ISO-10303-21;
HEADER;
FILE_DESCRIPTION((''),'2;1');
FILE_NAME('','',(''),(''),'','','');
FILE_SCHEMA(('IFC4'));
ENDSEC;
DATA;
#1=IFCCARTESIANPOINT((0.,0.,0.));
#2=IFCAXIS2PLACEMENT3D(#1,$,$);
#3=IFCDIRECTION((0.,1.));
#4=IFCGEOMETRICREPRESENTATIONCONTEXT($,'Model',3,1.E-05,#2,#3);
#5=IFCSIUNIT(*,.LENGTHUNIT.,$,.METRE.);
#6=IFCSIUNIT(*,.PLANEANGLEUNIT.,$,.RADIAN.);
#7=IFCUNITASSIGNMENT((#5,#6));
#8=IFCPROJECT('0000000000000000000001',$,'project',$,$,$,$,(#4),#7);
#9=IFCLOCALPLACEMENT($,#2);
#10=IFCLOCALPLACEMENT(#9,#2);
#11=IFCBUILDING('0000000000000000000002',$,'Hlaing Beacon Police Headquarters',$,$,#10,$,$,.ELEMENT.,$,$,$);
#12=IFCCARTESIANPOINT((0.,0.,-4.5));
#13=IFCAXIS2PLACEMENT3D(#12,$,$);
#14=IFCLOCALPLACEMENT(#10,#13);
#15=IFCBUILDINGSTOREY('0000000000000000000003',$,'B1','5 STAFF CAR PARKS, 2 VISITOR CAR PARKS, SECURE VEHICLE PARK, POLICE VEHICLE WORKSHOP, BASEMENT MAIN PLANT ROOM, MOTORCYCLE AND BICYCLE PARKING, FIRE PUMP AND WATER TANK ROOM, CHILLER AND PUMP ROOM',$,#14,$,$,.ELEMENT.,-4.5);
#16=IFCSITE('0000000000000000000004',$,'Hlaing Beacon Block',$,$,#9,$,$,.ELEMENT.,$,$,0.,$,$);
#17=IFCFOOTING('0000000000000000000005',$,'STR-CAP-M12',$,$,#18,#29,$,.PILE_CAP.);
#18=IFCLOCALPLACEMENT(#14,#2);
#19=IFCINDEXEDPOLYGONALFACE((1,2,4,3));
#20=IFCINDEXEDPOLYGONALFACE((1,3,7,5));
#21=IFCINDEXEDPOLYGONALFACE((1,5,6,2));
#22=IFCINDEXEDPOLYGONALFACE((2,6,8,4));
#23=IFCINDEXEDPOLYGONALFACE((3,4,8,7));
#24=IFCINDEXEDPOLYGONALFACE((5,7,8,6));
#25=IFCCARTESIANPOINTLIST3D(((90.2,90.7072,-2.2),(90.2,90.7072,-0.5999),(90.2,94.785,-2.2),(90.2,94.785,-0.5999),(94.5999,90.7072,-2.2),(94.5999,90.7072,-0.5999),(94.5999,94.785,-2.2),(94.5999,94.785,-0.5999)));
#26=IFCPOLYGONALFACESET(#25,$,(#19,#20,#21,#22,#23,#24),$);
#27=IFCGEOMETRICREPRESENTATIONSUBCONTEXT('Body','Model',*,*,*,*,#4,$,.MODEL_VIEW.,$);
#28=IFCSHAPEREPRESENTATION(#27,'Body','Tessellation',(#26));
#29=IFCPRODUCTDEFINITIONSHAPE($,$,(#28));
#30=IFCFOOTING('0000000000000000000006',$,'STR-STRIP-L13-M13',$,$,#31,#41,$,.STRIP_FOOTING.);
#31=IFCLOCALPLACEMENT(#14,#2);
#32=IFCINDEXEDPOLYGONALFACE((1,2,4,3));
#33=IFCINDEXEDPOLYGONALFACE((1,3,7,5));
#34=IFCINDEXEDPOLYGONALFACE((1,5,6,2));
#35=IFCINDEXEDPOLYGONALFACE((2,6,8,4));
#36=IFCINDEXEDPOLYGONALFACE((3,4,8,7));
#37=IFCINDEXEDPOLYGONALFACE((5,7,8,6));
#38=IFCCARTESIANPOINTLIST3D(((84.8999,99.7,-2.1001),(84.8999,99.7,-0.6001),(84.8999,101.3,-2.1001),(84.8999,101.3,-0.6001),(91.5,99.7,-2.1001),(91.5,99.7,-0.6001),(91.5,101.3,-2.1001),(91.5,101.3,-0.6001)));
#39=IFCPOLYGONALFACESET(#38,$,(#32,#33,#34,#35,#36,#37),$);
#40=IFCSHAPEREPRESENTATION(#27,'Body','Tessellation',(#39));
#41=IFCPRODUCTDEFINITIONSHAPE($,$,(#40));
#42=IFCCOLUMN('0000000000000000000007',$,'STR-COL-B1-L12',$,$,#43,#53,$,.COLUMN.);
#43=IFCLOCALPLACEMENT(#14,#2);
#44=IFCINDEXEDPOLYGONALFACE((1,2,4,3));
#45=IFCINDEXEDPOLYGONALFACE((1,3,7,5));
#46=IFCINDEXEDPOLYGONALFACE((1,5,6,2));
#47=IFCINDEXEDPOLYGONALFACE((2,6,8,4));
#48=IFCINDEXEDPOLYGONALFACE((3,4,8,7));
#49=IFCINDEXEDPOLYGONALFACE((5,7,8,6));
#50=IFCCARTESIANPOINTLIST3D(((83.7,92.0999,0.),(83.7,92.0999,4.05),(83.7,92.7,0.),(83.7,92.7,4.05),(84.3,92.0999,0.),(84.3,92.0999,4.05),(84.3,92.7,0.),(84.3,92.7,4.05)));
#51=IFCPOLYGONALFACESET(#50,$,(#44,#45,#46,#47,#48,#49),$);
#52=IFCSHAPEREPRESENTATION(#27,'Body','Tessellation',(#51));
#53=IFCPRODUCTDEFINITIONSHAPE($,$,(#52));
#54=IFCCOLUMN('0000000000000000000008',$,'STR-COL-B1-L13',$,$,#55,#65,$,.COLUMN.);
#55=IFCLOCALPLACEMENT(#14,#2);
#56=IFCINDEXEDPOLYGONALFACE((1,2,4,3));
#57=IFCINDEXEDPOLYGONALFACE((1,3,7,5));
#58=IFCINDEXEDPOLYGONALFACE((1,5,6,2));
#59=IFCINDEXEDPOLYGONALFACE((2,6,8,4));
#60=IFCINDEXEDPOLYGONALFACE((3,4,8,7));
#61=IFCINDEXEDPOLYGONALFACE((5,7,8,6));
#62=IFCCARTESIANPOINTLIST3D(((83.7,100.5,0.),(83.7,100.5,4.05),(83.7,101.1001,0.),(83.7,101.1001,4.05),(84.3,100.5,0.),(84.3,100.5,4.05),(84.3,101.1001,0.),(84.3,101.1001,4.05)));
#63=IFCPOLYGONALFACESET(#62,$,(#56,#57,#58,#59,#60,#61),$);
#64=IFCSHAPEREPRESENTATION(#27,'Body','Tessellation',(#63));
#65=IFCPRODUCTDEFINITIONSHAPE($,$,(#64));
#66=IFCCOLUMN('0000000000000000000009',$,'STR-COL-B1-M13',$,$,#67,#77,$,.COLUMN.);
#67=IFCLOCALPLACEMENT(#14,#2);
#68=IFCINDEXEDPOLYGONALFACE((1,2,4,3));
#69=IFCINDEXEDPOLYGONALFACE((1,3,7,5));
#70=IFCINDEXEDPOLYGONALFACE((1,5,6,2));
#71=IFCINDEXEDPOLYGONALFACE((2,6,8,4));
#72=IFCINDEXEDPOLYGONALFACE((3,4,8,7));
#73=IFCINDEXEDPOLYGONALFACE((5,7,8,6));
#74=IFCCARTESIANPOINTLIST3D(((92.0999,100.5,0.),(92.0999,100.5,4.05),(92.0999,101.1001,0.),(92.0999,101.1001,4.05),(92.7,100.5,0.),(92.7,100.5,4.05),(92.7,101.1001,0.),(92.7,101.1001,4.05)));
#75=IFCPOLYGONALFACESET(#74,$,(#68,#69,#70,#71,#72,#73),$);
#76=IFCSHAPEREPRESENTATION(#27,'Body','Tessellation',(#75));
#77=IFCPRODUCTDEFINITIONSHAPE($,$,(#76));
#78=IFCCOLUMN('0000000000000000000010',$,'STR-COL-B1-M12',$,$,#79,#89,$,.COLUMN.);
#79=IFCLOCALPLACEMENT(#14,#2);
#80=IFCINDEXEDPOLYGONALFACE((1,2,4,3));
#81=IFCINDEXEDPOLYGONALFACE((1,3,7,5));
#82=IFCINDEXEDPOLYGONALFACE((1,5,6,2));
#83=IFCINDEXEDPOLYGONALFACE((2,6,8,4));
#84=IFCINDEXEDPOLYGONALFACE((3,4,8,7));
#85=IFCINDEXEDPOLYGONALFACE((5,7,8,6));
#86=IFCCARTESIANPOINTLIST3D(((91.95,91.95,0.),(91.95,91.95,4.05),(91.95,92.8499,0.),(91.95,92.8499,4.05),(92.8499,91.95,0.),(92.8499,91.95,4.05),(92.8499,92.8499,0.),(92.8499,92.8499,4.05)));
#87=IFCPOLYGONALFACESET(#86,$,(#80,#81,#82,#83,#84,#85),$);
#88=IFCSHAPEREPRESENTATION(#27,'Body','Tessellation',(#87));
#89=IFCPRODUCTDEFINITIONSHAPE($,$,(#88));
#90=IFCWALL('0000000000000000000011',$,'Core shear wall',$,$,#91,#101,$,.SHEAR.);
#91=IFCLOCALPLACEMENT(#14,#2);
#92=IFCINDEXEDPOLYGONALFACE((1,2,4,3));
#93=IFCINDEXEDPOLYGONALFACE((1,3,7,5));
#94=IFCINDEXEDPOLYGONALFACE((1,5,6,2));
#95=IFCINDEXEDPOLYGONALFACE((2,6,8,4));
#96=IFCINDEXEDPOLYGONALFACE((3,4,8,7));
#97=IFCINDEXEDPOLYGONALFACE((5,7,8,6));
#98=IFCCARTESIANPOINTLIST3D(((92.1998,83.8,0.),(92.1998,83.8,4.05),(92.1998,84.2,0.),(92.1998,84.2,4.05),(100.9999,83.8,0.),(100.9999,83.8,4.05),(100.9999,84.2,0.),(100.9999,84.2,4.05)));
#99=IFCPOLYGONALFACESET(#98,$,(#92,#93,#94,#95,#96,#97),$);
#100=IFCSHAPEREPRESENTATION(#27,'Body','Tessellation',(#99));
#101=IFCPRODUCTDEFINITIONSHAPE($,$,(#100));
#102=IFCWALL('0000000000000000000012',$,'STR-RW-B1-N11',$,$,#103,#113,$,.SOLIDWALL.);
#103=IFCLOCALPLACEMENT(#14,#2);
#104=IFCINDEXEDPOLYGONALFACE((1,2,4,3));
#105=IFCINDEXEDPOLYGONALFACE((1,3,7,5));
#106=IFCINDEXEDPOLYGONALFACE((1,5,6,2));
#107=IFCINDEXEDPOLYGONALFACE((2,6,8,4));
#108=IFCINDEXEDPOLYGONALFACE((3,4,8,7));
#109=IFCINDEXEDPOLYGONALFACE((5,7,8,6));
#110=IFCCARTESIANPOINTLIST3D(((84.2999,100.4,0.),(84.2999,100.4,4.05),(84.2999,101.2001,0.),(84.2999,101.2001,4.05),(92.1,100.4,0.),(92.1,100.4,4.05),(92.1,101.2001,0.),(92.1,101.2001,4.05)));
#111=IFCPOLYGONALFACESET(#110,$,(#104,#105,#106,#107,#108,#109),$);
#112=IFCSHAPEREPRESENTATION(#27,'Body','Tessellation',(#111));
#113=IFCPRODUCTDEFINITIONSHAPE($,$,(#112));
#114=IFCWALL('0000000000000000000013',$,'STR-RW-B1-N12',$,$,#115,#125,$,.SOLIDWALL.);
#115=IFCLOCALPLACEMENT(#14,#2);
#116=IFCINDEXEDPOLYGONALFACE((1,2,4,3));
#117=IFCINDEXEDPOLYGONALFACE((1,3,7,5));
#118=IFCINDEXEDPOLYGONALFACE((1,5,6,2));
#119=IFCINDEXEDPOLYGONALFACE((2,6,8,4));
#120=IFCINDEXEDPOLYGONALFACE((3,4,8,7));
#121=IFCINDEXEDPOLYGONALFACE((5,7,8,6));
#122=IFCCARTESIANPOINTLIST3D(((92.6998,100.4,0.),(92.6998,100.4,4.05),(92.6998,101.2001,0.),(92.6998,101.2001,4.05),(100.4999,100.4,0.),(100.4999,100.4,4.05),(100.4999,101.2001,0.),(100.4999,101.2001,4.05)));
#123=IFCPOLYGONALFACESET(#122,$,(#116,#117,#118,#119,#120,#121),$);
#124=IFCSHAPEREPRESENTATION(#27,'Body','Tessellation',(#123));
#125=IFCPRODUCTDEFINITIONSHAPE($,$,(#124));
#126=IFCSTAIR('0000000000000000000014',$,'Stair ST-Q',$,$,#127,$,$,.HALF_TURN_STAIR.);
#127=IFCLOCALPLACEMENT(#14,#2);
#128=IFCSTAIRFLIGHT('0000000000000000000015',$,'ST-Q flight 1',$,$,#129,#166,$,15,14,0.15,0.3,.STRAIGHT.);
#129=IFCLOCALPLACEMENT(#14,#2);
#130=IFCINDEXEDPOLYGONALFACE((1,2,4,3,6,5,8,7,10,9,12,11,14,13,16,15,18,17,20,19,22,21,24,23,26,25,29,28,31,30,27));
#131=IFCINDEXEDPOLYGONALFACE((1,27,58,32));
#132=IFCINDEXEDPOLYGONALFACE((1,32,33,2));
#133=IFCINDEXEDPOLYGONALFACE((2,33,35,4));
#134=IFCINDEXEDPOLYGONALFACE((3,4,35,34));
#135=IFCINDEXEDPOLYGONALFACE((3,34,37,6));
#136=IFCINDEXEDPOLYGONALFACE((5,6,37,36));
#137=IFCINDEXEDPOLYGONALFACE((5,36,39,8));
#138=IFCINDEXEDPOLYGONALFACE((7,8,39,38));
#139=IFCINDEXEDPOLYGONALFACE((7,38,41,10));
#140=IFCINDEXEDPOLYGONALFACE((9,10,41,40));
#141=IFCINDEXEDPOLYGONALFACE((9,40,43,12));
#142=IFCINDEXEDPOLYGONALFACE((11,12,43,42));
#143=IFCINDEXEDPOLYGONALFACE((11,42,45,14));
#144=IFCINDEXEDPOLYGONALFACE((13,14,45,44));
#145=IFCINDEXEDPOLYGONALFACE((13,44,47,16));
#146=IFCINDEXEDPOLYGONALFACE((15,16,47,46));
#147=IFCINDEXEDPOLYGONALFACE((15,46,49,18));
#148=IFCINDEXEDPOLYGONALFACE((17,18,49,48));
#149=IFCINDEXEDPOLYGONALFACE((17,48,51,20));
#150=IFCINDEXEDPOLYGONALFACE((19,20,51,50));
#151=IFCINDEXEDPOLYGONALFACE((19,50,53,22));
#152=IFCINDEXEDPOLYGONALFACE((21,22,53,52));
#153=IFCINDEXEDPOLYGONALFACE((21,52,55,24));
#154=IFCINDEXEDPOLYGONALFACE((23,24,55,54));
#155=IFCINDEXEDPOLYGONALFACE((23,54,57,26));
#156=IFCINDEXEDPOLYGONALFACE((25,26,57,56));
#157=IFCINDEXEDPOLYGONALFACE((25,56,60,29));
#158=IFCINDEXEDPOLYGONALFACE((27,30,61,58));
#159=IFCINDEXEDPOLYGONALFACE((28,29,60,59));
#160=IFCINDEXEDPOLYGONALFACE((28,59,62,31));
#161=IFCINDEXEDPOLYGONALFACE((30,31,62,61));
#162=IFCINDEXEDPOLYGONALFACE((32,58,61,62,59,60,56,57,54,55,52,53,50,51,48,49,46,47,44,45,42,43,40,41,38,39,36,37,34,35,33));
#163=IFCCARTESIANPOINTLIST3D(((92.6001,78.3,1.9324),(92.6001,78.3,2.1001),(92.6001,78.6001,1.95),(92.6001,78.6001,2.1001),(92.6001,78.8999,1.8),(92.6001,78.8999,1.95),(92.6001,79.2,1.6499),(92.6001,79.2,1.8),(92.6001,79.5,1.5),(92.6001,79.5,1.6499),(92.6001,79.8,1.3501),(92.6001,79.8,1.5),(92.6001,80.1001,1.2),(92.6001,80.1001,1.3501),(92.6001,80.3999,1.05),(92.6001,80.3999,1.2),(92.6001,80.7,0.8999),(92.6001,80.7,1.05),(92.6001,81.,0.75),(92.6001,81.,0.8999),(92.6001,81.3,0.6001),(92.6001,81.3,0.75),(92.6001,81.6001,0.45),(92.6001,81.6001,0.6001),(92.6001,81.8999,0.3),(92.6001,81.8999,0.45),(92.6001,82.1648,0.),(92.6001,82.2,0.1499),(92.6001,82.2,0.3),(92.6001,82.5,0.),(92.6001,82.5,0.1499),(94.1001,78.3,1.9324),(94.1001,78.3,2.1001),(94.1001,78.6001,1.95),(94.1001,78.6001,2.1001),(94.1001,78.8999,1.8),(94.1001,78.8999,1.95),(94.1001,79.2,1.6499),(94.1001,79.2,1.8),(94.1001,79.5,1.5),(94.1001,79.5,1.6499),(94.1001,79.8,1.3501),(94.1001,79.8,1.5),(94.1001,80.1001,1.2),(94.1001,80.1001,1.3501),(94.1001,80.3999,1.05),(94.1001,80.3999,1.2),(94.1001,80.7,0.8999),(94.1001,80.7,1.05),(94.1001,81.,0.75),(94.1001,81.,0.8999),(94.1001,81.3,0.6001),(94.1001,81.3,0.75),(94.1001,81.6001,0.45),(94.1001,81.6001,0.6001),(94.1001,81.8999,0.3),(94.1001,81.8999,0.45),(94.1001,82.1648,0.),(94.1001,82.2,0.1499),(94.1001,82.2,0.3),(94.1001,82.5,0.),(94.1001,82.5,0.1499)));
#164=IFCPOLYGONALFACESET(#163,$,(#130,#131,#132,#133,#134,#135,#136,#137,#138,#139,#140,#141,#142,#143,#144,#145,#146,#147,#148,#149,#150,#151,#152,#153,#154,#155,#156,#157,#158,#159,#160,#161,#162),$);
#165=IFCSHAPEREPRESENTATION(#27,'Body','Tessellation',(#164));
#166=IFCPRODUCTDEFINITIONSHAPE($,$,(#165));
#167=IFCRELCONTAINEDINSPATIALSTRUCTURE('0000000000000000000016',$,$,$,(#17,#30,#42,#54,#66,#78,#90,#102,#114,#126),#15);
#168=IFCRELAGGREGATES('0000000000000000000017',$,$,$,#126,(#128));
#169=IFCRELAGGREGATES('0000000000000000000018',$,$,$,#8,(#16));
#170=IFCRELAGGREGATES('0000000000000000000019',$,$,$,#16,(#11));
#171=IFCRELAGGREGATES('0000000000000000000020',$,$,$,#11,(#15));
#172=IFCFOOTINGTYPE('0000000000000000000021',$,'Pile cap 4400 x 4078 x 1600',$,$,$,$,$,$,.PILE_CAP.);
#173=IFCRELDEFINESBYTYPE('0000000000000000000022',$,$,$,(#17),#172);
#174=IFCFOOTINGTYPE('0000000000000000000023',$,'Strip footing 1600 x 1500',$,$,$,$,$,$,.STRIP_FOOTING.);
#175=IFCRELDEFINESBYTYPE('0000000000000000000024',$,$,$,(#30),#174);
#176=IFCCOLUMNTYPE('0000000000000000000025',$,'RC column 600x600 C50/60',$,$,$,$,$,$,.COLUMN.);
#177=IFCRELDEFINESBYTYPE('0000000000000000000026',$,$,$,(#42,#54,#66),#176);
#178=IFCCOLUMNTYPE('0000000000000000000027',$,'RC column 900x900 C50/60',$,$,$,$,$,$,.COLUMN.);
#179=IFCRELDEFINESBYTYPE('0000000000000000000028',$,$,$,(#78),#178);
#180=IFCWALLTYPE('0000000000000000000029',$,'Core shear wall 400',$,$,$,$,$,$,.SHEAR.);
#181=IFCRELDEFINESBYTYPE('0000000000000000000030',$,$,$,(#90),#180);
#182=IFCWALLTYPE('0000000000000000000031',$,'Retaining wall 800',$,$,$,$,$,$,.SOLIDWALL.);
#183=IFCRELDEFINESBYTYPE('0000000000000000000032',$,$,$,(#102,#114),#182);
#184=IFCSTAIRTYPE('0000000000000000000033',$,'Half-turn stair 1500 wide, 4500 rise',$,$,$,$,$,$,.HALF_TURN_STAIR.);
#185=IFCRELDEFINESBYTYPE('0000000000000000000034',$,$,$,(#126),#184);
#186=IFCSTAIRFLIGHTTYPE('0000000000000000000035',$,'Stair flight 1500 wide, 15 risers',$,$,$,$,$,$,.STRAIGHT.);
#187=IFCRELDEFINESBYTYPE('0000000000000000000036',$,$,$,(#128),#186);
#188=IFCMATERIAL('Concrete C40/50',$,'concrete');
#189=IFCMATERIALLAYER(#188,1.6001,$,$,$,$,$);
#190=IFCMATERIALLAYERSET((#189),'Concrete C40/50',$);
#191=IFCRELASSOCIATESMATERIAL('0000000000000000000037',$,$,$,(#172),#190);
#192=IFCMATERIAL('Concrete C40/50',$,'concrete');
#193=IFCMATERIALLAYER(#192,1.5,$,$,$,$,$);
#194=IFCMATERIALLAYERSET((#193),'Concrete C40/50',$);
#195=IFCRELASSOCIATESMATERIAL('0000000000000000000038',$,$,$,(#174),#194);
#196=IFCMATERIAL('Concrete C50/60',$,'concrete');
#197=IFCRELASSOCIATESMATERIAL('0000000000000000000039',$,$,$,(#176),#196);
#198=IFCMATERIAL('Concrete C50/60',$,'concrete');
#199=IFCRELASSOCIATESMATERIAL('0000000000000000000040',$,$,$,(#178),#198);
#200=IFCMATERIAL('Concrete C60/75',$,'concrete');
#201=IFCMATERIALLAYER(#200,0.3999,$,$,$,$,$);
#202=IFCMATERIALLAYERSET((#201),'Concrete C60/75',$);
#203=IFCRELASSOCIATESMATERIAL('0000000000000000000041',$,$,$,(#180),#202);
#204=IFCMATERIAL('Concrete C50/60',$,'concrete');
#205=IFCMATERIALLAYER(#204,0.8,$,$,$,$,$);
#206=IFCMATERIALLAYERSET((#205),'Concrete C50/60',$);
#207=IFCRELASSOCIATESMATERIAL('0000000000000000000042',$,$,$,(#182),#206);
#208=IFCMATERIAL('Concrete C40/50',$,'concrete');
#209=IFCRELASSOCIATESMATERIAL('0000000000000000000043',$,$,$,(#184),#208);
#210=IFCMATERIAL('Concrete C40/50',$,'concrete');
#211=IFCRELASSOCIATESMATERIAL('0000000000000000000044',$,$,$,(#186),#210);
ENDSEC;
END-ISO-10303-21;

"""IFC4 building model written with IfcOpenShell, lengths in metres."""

from ifc_helpers import new_model, si_unit, direction, frame, frame_2d, origin, origin_2d, place, context, subcontext, project, spatial, polyline, rectangle, outline, extrude, material, layer, layer_set, material_profile, profile_set, type_object, element, aggregate, save


model = new_model("IFC4")

# Units and contexts
model_context = context("Model", 3, precision=1e-05, world=origin(), true_north=direction((0.0, 1.0)))
body_context = subcontext(model_context, "Body", "Model", "MODEL_VIEW")
ifc_project = project(units=[si_unit("LENGTHUNIT", "METRE"), si_unit("PLANEANGLEUNIT", "RADIAN")], contexts=[model_context])

# Site, building, storey
site_placement = place(None, origin())
site = spatial("IfcSite", under=ifc_project, at=site_placement, Name="Hlaing Beacon Block", CompositionType="ELEMENT", RefElevation=0.0)
building_placement = place(site_placement, origin())
building = spatial("IfcBuilding", under=site, at=building_placement, Name="Hlaing Beacon Police Headquarters", CompositionType="ELEMENT")
storey_placement = place(building_placement, frame((0.0, 0.0, -4.5)))
storey = spatial("IfcBuildingStorey", under=building, at=storey_placement, Name="B1", Description="5 STAFF CAR PARKS, 2 VISITOR CAR PARKS, SECURE VEHICLE PARK, POLICE VEHICLE WORKSHOP, BASEMENT MAIN PLANT ROOM, MOTORCYCLE AND BICYCLE PARKING, FIRE PUMP AND WATER TANK ROOM, CHILLER AND PUMP ROOM", CompositionType="ELEMENT", Elevation=-4.5)

# Footings
ifc_material_1 = material(Name="Concrete C40/50", Category="concrete")
ifc_layer_1 = layer(ifc_material_1, 1.6001)
ifc_layer_set_1 = layer_set([ifc_layer_1], Name="Concrete C40/50")
footing_type_1 = type_object("IfcFootingType", Name="Pile cap 4400 x 4078 x 1600", PredefinedType="PILE_CAP", material=ifc_layer_set_1)
footing_1_placement = place(storey_placement, frame((92.3999, 92.7461, -2.2), z_axis=(0.0, 0.0, 1.0), x_axis=(1.0, 0.0, 0.0)))
element("IfcFooting", 1, at=footing_1_placement, inside=storey, type_object=footing_type_1, Name="STR-CAP-M12", PredefinedType="PILE_CAP", context=body_context, shape_type="SweptSolid", body=[
    extrude(rectangle(XDim=4.3999, YDim=4.0779, at=origin_2d()), origin(), (0.0, 0.0, 1.0), 1.6001),
])
ifc_material_2 = material(Name="Concrete C40/50", Category="concrete")
ifc_layer_2 = layer(ifc_material_2, 1.5)
ifc_layer_set_2 = layer_set([ifc_layer_2], Name="Concrete C40/50")
footing_type_2 = type_object("IfcFootingType", Name="Strip footing 1600 x 1500", PredefinedType="STRIP_FOOTING", material=ifc_layer_set_2)
footing_2_placement = place(storey_placement, frame((88.2, 100.5, -2.1001), z_axis=(0.0, 0.0, 1.0), x_axis=(1.0, 0.0, 0.0)))
element("IfcFooting", 2, at=footing_2_placement, inside=storey, type_object=footing_type_2, Name="STR-STRIP-L13-M13", PredefinedType="STRIP_FOOTING", context=body_context, shape_type="SweptSolid", body=[
    extrude(rectangle(XDim=6.6001, YDim=1.6001, at=origin_2d()), origin(), (0.0, 0.0, 1.0), 1.5),
])

# Columns
ifc_material_3 = material(Name="Concrete C50/60", Category="concrete")
ifc_material_profile_1 = material_profile(ifc_material_3, rectangle(XDim=0.6001, YDim=0.6001, at=origin_2d()), Name="600x600")
ifc_profile_set_1 = profile_set([ifc_material_profile_1], Name="Concrete C50/60")
column_type_1 = type_object("IfcColumnType", Name="RC column 600x600 C50/60", PredefinedType="COLUMN", material=ifc_profile_set_1)
for number, where, z_axis, x_axis, name in (
    (3, (84.0, 92.3999, 0.0), (0.0, 0.0, 1.0), (1.0, 0.0, 0.0), "STR-COL-B1-L12"),
    (4, (84.0, 100.8, 0.0), (0.0, 0.0, 1.0), (1.0, 0.0, 0.0), "STR-COL-B1-L13"),
    (5, (92.3999, 100.8, 0.0), (0.0, 0.0, 1.0), (1.0, 0.0, 0.0), "STR-COL-B1-M13"),
):
    element("IfcColumn", number, at=place(storey_placement, frame(where, z_axis=z_axis, x_axis=x_axis)), inside=storey, type_object=column_type_1, Name=name, PredefinedType="COLUMN", context=body_context, shape_type="SweptSolid", body=[
        extrude(rectangle(XDim=0.6001, YDim=0.6001, at=origin_2d()), origin(), (0.0, 0.0, 1.0), 4.05),
    ])
ifc_material_4 = material(Name="Concrete C50/60", Category="concrete")
ifc_material_profile_2 = material_profile(ifc_material_4, rectangle(XDim=0.8999, YDim=0.8999, at=origin_2d()), Name="900x900")
ifc_profile_set_2 = profile_set([ifc_material_profile_2], Name="Concrete C50/60")
column_type_2 = type_object("IfcColumnType", Name="RC column 900x900 C50/60", PredefinedType="COLUMN", material=ifc_profile_set_2)
column_placement = place(storey_placement, frame((92.3999, 92.3999, 0.0), z_axis=(0.0, 0.0, 1.0), x_axis=(1.0, 0.0, 0.0)))
element("IfcColumn", 6, at=column_placement, inside=storey, type_object=column_type_2, Name="STR-COL-B1-M12", PredefinedType="COLUMN", context=body_context, shape_type="SweptSolid", body=[
    extrude(rectangle(XDim=0.8999, YDim=0.8999, at=origin_2d()), origin(), (0.0, 0.0, 1.0), 4.05),
])

# Walls
ifc_material_5 = material(Name="Concrete C60/75", Category="concrete")
ifc_layer_3 = layer(ifc_material_5, 0.3999)
ifc_layer_set_3 = layer_set([ifc_layer_3], Name="Concrete C60/75")
wall_type_1 = type_object("IfcWallType", Name="Core shear wall 400", PredefinedType="SHEAR", material=ifc_layer_set_3)
wall_placement = place(storey_placement, frame((92.2, 84.0, 0.0), z_axis=(0.0, 0.0, 1.0), x_axis=(1.0, 0.0, 0.0)))
element("IfcWall", 7, at=wall_placement, inside=storey, type_object=wall_type_1, Name="Core shear wall", PredefinedType="SHEAR", context=body_context, shape_type="SweptSolid", body=[
    extrude(rectangle(XDim=8.8, YDim=0.3999, at=frame_2d((4.3999, 0.0))), origin(), (0.0, 0.0, 1.0), 4.05),
])
ifc_material_6 = material(Name="Concrete C50/60", Category="concrete")
ifc_layer_4 = layer(ifc_material_6, 0.8)
ifc_layer_set_4 = layer_set([ifc_layer_4], Name="Concrete C50/60")
wall_type_2 = type_object("IfcWallType", Name="Retaining wall 800", PredefinedType="SOLIDWALL", material=ifc_layer_set_4)
for number, where, z_axis, x_axis, name in (
    (8, (84.3, 100.8, 0.0), (0.0, 0.0, 1.0), (1.0, 0.0, 0.0), "STR-RW-B1-N11"),
    (9, (92.7, 100.8, 0.0), (0.0, 0.0, 1.0), (1.0, 0.0, 0.0), "STR-RW-B1-N12"),
):
    element("IfcWall", number, at=place(storey_placement, frame(where, z_axis=z_axis, x_axis=x_axis)), inside=storey, type_object=wall_type_2, Name=name, PredefinedType="SOLIDWALL", context=body_context, shape_type="SweptSolid", body=[
        extrude(rectangle(XDim=7.8, YDim=0.8, at=frame_2d((3.8999, 0.0))), origin(), (0.0, 0.0, 1.0), 4.05),
    ])

# Stair, stair flight
ifc_material_7 = material(Name="Concrete C40/50", Category="concrete")
stair_type = type_object("IfcStairType", Name="Half-turn stair 1500 wide, 4500 rise", PredefinedType="HALF_TURN_STAIR", material=ifc_material_7)
stair_placement = place(storey_placement, origin())
stair = element("IfcStair", 10, at=stair_placement, inside=storey, type_object=stair_type, Name="Stair ST-Q", PredefinedType="HALF_TURN_STAIR")
ifc_material_8 = material(Name="Concrete C40/50", Category="concrete")
stair_flight_type = type_object("IfcStairFlightType", Name="Stair flight 1500 wide, 15 risers", PredefinedType="STRAIGHT", material=ifc_material_8)
stair_flight_placement = place(storey_placement, frame((93.3501, 82.5, 0.0), z_axis=(0.0, 0.0, 1.0), x_axis=(0.0, -1.0, 0.0)))
stair_flight = element("IfcStairFlight", 11, at=stair_flight_placement, type_object=stair_flight_type, Name="ST-Q flight 1", NumberOfRisers=15, NumberOfTreads=14, PredefinedType="STRAIGHT", RiserHeight=0.15, TreadLength=0.3, context=body_context, shape_type="SweptSolid", body=[
    extrude(outline(polyline([(0.0, 0.0), (0.0, 0.1499), (0.3, 0.1499), (0.3, 0.3), (0.6001, 0.3), (0.6001, 0.45), (0.8999, 0.45), (0.8999, 0.6001), (1.2, 0.6001), (1.2, 0.75), (1.5, 0.75), (1.5, 0.8999), (1.8, 0.8999), (1.8, 1.05), (2.1001, 1.05), (2.1001, 1.2), (2.3999, 1.2), (2.3999, 1.3501), (2.7, 1.3501), (2.7, 1.5), (3.0, 1.5), (3.0, 1.6499), (3.3, 1.6499), (3.3, 1.8), (3.6001, 1.8), (3.6001, 1.95), (3.8999, 1.95), (3.8999, 2.1001), (4.2, 2.1001), (4.2, 2.25), (4.2, 1.9324), (0.3352, 0.0), (0.0, 0.0)])), frame((0.0, 0.75, 0.0), z_axis=(0.0, -1.0, 0.0), x_axis=(1.0, 0.0, 0.0)), (0.0, 0.0, 1.0), 1.5),
])
aggregate(stair, [stair_flight])

save(model, "model.ifc")
